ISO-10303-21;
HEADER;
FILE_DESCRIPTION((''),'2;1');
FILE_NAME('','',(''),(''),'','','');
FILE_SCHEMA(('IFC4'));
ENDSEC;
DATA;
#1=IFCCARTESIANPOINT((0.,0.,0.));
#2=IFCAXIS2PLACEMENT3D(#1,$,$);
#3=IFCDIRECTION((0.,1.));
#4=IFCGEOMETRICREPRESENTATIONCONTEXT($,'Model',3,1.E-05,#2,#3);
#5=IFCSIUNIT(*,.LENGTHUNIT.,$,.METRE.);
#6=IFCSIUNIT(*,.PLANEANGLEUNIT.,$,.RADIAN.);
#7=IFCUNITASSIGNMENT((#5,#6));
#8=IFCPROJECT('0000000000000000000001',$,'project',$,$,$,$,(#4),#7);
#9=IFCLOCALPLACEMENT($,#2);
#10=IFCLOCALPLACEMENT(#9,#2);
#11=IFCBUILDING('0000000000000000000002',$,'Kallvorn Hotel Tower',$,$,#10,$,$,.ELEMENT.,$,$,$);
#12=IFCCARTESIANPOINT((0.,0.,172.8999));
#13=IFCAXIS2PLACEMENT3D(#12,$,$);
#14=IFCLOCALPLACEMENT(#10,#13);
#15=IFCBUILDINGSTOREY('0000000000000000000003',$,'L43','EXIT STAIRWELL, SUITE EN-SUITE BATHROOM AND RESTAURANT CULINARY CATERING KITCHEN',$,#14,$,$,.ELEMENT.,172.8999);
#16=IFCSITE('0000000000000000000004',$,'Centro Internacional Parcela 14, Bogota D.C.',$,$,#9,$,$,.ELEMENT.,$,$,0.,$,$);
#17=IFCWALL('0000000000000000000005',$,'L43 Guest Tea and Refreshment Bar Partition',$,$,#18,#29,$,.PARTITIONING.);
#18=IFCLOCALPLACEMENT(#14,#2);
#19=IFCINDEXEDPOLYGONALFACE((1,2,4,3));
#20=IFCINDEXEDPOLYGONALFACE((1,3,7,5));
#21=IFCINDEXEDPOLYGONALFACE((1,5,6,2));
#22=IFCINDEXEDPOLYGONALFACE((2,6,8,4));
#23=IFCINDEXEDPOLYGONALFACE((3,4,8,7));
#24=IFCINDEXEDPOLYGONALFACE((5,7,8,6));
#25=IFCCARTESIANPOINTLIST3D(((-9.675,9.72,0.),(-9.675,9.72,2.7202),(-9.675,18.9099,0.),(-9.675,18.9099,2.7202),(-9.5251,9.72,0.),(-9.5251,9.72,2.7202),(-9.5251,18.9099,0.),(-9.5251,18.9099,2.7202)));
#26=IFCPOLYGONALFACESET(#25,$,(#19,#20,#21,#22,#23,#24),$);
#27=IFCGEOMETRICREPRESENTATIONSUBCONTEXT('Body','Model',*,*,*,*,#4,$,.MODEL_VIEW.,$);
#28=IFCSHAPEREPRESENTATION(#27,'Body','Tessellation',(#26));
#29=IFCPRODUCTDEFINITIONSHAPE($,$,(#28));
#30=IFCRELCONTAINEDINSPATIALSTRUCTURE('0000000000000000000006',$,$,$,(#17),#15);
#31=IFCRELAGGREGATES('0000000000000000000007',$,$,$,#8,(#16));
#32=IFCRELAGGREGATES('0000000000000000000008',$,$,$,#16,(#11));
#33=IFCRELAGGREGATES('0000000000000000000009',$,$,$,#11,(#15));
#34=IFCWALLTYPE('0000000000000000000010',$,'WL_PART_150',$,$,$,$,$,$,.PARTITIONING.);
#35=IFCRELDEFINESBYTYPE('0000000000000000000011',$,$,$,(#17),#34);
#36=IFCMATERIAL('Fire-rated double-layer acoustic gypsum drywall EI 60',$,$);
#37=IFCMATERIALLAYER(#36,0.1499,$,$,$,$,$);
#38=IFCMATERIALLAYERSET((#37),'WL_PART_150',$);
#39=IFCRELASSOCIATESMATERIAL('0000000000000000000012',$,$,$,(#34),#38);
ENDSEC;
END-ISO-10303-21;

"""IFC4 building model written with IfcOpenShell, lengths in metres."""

from ifc_helpers import new_model, si_unit, direction, frame, frame_2d, origin, place, context, subcontext, project, spatial, rectangle, extrude, material, layer, layer_set, type_object, element, save


model = new_model("IFC4")

# Units and contexts
model_context = context("Model", 3, precision=1e-05, world=origin(), true_north=direction((0.0, 1.0)))
body_context = subcontext(model_context, "Body", "Model", "MODEL_VIEW")
ifc_project = project(units=[si_unit("LENGTHUNIT", "METRE"), si_unit("PLANEANGLEUNIT", "RADIAN")], contexts=[model_context])

# Site, building, storey
site_placement = place(None, origin())
site = spatial("IfcSite", under=ifc_project, at=site_placement, Name="Centro Internacional Parcela 14, Bogota D.C.", CompositionType="ELEMENT", RefElevation=0.0)
building_placement = place(site_placement, origin())
building = spatial("IfcBuilding", under=site, at=building_placement, Name="Kallvorn Hotel Tower", CompositionType="ELEMENT")
storey_placement = place(building_placement, frame((0.0, 0.0, 172.8999)))
storey = spatial("IfcBuildingStorey", under=building, at=storey_placement, Name="L43", Description="EXIT STAIRWELL, SUITE EN-SUITE BATHROOM AND RESTAURANT CULINARY CATERING KITCHEN", CompositionType="ELEMENT", Elevation=172.8999)

# Wall
ifc_material_1 = material(Name="Fire-rated double-layer acoustic gypsum drywall EI 60")
ifc_layer_1 = layer(ifc_material_1, 0.1499)
ifc_layer_set_1 = layer_set([ifc_layer_1], Name="WL_PART_150")
wall_type_1 = type_object("IfcWallType", Name="WL_PART_150", PredefinedType="PARTITIONING", material=ifc_layer_set_1)
for number, where, z_axis, x_axis, name in (
    (1, (-9.6001, 9.72, 0.0), (0.0, 0.0, 1.0), (0.0, 1.0, 0.0), "L43 Guest Tea and Refreshment Bar Partition"),
):
    element("IfcWall", number, at=place(storey_placement, frame(where, z_axis=z_axis, x_axis=x_axis)), inside=storey, type_object=wall_type_1, Name=name, PredefinedType="PARTITIONING", context=body_context, shape_type="SweptSolid", body=[
        extrude(rectangle(XDim=9.1899, YDim=0.1499, at=frame_2d((4.595, 0.0))), origin(), (0.0, 0.0, 1.0), 2.7202),
    ])

save(model, "model.ifc")
